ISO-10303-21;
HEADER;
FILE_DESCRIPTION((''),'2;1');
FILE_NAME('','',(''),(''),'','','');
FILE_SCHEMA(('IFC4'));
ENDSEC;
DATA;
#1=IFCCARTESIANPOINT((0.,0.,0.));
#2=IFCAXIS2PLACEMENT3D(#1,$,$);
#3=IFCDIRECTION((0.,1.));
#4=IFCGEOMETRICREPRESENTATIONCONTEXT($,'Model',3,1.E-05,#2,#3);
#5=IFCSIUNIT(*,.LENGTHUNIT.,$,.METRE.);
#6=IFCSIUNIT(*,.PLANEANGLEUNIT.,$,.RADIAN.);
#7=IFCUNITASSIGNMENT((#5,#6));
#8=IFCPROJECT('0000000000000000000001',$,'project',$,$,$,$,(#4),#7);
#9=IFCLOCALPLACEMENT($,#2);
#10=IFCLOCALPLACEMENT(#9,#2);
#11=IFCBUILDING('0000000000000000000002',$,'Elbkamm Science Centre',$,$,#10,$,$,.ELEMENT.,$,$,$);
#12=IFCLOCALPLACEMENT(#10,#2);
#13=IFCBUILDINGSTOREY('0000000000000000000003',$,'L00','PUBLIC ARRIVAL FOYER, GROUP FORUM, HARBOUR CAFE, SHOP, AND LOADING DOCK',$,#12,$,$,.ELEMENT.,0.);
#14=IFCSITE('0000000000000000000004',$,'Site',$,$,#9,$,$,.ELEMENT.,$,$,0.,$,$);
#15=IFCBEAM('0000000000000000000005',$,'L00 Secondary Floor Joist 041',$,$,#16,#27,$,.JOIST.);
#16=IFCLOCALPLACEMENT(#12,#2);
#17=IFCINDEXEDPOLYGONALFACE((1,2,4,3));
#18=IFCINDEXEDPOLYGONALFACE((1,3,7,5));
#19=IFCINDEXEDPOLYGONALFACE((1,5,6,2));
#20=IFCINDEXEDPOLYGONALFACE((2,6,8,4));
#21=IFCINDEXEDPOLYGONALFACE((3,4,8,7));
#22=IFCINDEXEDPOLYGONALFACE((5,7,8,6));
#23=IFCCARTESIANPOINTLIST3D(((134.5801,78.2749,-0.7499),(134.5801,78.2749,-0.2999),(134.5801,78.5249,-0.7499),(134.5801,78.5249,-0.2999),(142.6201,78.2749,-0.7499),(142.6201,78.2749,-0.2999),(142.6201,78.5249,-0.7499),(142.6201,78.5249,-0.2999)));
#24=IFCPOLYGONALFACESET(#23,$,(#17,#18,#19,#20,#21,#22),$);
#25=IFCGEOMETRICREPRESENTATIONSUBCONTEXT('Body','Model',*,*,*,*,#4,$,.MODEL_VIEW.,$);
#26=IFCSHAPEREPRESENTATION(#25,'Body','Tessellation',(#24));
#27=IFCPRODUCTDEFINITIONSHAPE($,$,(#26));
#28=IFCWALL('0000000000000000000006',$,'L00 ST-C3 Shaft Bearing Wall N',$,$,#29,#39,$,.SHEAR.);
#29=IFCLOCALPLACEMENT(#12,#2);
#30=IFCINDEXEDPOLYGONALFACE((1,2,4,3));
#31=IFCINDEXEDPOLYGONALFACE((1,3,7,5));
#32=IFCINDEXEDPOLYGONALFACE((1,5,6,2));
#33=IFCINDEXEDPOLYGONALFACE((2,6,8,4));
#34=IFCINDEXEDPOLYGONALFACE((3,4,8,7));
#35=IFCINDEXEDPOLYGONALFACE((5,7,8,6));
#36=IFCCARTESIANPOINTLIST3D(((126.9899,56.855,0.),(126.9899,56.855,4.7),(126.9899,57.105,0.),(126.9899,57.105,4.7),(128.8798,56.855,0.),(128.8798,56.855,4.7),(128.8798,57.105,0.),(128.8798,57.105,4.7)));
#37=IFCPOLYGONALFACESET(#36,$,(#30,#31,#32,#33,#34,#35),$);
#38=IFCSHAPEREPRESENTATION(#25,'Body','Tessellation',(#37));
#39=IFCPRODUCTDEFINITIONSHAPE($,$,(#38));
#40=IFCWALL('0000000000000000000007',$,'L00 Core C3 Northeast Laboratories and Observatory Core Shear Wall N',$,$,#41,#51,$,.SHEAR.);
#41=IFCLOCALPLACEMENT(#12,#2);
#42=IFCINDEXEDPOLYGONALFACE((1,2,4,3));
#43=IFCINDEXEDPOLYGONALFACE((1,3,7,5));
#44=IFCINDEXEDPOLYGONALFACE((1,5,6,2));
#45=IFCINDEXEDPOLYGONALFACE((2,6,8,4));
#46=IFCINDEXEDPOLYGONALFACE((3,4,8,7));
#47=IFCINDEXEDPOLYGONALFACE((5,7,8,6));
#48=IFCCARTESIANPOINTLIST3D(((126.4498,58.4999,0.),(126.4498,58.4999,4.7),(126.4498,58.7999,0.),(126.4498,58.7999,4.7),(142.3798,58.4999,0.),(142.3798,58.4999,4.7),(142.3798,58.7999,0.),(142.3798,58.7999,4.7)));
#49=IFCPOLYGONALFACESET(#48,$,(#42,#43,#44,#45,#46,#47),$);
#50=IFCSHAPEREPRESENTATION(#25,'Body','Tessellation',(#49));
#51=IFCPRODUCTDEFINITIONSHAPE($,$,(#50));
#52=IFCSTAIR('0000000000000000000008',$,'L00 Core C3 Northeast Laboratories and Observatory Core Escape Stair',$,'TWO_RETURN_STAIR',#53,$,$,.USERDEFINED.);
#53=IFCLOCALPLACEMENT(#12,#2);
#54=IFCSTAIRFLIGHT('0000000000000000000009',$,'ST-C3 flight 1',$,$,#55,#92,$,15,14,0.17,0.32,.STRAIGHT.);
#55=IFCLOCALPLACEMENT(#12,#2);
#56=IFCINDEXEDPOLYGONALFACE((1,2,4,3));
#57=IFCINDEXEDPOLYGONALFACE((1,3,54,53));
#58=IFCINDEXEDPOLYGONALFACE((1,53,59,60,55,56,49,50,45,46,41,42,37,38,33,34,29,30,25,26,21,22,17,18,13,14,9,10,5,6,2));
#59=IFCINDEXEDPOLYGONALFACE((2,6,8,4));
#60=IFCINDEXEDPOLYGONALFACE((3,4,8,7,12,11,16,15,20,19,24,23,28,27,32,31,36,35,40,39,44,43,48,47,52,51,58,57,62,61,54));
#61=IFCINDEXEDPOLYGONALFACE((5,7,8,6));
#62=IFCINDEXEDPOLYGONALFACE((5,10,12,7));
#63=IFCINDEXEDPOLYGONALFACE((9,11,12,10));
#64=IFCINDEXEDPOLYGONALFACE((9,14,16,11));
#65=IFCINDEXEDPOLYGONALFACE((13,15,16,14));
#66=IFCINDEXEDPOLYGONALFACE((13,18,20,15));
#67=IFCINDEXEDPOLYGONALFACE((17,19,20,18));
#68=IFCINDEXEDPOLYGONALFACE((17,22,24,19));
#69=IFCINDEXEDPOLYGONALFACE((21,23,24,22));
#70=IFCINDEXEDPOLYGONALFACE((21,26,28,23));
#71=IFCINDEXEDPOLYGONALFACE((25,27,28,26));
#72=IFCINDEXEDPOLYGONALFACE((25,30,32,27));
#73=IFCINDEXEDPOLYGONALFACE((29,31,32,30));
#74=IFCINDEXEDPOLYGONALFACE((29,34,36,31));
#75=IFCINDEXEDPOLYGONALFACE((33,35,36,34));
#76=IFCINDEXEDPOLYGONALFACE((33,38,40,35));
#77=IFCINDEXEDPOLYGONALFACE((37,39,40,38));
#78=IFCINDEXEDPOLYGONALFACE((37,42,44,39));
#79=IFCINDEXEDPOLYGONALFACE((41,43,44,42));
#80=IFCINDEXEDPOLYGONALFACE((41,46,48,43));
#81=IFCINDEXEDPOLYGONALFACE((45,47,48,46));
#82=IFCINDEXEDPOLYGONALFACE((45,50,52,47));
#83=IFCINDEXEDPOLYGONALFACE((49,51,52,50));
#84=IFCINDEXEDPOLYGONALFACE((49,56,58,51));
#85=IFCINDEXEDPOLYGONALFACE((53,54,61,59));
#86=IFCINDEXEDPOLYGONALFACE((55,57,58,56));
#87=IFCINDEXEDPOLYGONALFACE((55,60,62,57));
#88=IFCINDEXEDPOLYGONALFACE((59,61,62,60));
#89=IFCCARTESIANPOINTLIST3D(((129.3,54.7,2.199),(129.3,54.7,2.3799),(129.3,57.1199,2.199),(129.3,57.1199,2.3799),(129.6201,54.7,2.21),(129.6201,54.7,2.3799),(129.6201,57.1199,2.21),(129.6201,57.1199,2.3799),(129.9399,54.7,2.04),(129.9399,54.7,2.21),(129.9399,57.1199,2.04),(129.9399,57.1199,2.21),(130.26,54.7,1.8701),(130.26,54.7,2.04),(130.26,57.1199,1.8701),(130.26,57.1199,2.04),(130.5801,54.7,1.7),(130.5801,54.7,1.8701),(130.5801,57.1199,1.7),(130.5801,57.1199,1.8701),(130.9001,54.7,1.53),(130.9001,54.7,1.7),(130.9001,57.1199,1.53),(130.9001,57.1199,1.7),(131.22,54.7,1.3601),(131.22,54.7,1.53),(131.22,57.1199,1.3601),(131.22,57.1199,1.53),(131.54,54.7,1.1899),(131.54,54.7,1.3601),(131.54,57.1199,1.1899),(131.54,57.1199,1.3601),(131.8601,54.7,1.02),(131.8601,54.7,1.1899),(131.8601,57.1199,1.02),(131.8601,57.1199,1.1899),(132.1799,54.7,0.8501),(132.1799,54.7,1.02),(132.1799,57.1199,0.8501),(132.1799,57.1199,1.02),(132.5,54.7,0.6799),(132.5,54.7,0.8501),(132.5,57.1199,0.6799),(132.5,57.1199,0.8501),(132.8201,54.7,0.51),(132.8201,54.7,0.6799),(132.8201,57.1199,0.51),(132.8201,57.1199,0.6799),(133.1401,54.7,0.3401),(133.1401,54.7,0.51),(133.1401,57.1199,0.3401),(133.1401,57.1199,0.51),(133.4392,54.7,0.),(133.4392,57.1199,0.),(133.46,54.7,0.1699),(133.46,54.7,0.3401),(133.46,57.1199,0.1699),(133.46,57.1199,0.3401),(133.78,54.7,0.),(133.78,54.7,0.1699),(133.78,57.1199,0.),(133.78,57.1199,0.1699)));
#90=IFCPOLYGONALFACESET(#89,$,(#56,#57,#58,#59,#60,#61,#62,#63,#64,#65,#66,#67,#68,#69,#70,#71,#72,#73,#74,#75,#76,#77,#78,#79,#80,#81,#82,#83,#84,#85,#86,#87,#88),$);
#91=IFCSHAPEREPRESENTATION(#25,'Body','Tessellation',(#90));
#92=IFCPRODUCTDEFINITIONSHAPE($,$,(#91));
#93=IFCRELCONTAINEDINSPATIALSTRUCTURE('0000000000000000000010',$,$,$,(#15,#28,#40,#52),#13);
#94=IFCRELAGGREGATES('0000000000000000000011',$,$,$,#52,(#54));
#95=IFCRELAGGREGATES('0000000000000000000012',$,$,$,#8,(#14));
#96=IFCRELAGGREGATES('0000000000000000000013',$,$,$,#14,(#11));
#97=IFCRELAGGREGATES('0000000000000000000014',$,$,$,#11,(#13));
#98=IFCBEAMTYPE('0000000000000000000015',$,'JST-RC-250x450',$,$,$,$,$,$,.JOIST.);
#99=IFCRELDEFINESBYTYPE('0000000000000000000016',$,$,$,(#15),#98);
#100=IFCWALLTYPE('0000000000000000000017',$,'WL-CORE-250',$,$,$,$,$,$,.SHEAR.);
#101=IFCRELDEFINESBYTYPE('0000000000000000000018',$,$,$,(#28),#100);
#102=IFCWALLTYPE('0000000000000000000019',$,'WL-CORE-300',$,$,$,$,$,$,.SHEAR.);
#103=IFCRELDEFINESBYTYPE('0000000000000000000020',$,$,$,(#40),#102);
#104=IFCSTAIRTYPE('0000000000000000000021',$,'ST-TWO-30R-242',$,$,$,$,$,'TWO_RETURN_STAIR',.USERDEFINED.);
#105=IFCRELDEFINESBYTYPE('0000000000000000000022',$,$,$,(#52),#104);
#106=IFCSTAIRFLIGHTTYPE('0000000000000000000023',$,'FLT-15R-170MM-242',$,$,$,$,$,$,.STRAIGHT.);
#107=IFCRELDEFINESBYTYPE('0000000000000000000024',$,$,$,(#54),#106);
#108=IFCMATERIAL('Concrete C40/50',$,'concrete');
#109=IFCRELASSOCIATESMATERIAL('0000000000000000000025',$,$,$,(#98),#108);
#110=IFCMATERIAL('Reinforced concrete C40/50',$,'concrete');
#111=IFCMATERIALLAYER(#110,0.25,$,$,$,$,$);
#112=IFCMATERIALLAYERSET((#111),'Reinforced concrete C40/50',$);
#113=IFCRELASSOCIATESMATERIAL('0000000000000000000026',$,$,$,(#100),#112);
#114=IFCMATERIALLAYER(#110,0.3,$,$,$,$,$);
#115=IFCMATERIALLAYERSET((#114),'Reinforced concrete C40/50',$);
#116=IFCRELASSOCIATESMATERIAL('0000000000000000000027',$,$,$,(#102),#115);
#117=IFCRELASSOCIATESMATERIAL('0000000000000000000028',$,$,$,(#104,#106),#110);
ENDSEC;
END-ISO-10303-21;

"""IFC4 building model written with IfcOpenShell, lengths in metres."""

from ifc_helpers import new_model, si_unit, direction, frame, frame_2d, origin, origin_2d, place, context, subcontext, project, spatial, polyline, rectangle, outline, extrude, material, layer, layer_set, material_profile, profile_set, type_object, element, aggregate, save


model = new_model("IFC4")

# Units and contexts
model_context = context("Model", 3, precision=1e-05, world=origin(), true_north=direction((0.0, 1.0)))
body_context = subcontext(model_context, "Body", "Model", "MODEL_VIEW")
ifc_project = project(units=[si_unit("LENGTHUNIT", "METRE"), si_unit("PLANEANGLEUNIT", "RADIAN")], contexts=[model_context])

# Site, building, storey
site_placement = place(None, origin())
site = spatial("IfcSite", under=ifc_project, at=site_placement, Name="Site", CompositionType="ELEMENT", RefElevation=0.0)
building_placement = place(site_placement, origin())
building = spatial("IfcBuilding", under=site, at=building_placement, Name="Elbkamm Science Centre", CompositionType="ELEMENT")
storey_placement = place(building_placement, origin())
storey = spatial("IfcBuildingStorey", under=building, at=storey_placement, Name="L00", Description="PUBLIC ARRIVAL FOYER, GROUP FORUM, HARBOUR CAFE, SHOP, AND LOADING DOCK", CompositionType="ELEMENT", Elevation=0.0)

# Shared definitions
ifc_material_1 = material(Name="Concrete C40/50", Category="concrete")

# Beam
ifc_material_profile_1 = material_profile(ifc_material_1, rectangle(XDim=0.25, YDim=0.45, at=origin_2d()), Name="RC 250x450")
ifc_profile_set_1 = profile_set([ifc_material_profile_1], Name="Concrete C40/50")
beam_type_1 = type_object("IfcBeamType", Name="JST-RC-250x450", PredefinedType="JOIST", material=ifc_profile_set_1)
for number, where, z_axis, x_axis, name in (
    (1, (134.5801, 78.3999, -0.5249), (1.0, 0.0, 0.0), (0.0, 1.0, 0.0), "L00 Secondary Floor Joist 041"),
):
    element("IfcBeam", number, at=place(storey_placement, frame(where, z_axis=z_axis, x_axis=x_axis)), inside=storey, type_object=beam_type_1, Name=name, PredefinedType="JOIST", context=body_context, shape_type="SweptSolid", body=[
        extrude(rectangle(XDim=0.25, YDim=0.45, at=origin_2d()), origin(), (0.0, 0.0, 1.0), 8.04),
    ])

# Walls
ifc_material_2 = material(Name="Reinforced concrete C40/50", Category="concrete")
ifc_layer_1 = layer(ifc_material_2, 0.25)
ifc_layer_set_1 = layer_set([ifc_layer_1], Name="Reinforced concrete C40/50")
wall_type_1 = type_object("IfcWallType", Name="WL-CORE-250", PredefinedType="SHEAR", material=ifc_layer_set_1)
wall_1_placement = place(storey_placement, frame((126.99, 56.98, 0.0), z_axis=(0.0, 0.0, 1.0), x_axis=(1.0, 0.0, 0.0)))
element("IfcWall", 2, at=wall_1_placement, inside=storey, type_object=wall_type_1, Name="L00 ST-C3 Shaft Bearing Wall N", PredefinedType="SHEAR", context=body_context, shape_type="SweptSolid", body=[
    extrude(rectangle(XDim=1.8899, YDim=0.25, at=frame_2d((0.9448, 0.0))), origin(), (0.0, 0.0, 1.0), 4.7),
])
ifc_layer_2 = layer(ifc_material_2, 0.3)
ifc_layer_set_2 = layer_set([ifc_layer_2], Name="Reinforced concrete C40/50")
wall_type_2 = type_object("IfcWallType", Name="WL-CORE-300", PredefinedType="SHEAR", material=ifc_layer_set_2)
wall_2_placement = place(storey_placement, frame((126.45, 58.6499, 0.0), z_axis=(0.0, 0.0, 1.0), x_axis=(1.0, 0.0, 0.0)))
element("IfcWall", 3, at=wall_2_placement, inside=storey, type_object=wall_type_2, Name="L00 Core C3 Northeast Laboratories and Observatory Core Shear Wall N", PredefinedType="SHEAR", context=body_context, shape_type="SweptSolid", body=[
    extrude(rectangle(XDim=15.9299, YDim=0.3, at=frame_2d((7.9648, 0.0))), origin(), (0.0, 0.0, 1.0), 4.7),
])

# Stair, stair flight
stair_type = type_object("IfcStairType", Name="ST-TWO-30R-242", ElementType="TWO_RETURN_STAIR", PredefinedType="USERDEFINED", material=ifc_material_2)
stair_placement = place(storey_placement, origin())
stair = element("IfcStair", 4, at=stair_placement, inside=storey, type_object=stair_type, Name="L00 Core C3 Northeast Laboratories and Observatory Core Escape Stair", ObjectType="TWO_RETURN_STAIR", PredefinedType="USERDEFINED")
stair_flight_type = type_object("IfcStairFlightType", Name="FLT-15R-170MM-242", PredefinedType="STRAIGHT", material=ifc_material_2)
stair_flight_placement = place(storey_placement, frame((133.78, 55.9099, 0.0), z_axis=(0.0, 0.0, 1.0), x_axis=(-1.0, 0.0, 0.0)))
stair_flight = element("IfcStairFlight", 5, at=stair_flight_placement, type_object=stair_flight_type, Name="ST-C3 flight 1", NumberOfRisers=15, NumberOfTreads=14, PredefinedType="STRAIGHT", RiserHeight=0.17, TreadLength=0.32, context=body_context, shape_type="SweptSolid", body=[
    extrude(outline(polyline([(0.0, 0.0), (0.0, 0.1699), (0.3201, 0.1699), (0.3201, 0.3401), (0.6399, 0.3401), (0.6399, 0.51), (0.96, 0.51), (0.96, 0.6799), (1.28, 0.6799), (1.28, 0.8501), (1.6001, 0.8501), (1.6001, 1.02), (1.9199, 1.02), (1.9199, 1.1899), (2.24, 1.1899), (2.24, 1.3601), (2.5601, 1.3601), (2.5601, 1.53), (2.8799, 1.53), (2.8799, 1.7), (3.2, 1.7), (3.2, 1.8701), (3.52, 1.8701), (3.52, 2.04), (3.8401, 2.04), (3.8401, 2.21), (4.1599, 2.21), (4.1599, 2.3799), (4.48, 2.3799), (4.48, 2.55), (4.48, 2.199), (0.3408, 0.0), (0.0, 0.0)])), frame((0.0, 1.21, 0.0), z_axis=(0.0, -1.0, 0.0), x_axis=(1.0, 0.0, 0.0)), (0.0, 0.0, 1.0), 2.4199),
])
aggregate(stair, [stair_flight])

save(model, "model.ifc")
